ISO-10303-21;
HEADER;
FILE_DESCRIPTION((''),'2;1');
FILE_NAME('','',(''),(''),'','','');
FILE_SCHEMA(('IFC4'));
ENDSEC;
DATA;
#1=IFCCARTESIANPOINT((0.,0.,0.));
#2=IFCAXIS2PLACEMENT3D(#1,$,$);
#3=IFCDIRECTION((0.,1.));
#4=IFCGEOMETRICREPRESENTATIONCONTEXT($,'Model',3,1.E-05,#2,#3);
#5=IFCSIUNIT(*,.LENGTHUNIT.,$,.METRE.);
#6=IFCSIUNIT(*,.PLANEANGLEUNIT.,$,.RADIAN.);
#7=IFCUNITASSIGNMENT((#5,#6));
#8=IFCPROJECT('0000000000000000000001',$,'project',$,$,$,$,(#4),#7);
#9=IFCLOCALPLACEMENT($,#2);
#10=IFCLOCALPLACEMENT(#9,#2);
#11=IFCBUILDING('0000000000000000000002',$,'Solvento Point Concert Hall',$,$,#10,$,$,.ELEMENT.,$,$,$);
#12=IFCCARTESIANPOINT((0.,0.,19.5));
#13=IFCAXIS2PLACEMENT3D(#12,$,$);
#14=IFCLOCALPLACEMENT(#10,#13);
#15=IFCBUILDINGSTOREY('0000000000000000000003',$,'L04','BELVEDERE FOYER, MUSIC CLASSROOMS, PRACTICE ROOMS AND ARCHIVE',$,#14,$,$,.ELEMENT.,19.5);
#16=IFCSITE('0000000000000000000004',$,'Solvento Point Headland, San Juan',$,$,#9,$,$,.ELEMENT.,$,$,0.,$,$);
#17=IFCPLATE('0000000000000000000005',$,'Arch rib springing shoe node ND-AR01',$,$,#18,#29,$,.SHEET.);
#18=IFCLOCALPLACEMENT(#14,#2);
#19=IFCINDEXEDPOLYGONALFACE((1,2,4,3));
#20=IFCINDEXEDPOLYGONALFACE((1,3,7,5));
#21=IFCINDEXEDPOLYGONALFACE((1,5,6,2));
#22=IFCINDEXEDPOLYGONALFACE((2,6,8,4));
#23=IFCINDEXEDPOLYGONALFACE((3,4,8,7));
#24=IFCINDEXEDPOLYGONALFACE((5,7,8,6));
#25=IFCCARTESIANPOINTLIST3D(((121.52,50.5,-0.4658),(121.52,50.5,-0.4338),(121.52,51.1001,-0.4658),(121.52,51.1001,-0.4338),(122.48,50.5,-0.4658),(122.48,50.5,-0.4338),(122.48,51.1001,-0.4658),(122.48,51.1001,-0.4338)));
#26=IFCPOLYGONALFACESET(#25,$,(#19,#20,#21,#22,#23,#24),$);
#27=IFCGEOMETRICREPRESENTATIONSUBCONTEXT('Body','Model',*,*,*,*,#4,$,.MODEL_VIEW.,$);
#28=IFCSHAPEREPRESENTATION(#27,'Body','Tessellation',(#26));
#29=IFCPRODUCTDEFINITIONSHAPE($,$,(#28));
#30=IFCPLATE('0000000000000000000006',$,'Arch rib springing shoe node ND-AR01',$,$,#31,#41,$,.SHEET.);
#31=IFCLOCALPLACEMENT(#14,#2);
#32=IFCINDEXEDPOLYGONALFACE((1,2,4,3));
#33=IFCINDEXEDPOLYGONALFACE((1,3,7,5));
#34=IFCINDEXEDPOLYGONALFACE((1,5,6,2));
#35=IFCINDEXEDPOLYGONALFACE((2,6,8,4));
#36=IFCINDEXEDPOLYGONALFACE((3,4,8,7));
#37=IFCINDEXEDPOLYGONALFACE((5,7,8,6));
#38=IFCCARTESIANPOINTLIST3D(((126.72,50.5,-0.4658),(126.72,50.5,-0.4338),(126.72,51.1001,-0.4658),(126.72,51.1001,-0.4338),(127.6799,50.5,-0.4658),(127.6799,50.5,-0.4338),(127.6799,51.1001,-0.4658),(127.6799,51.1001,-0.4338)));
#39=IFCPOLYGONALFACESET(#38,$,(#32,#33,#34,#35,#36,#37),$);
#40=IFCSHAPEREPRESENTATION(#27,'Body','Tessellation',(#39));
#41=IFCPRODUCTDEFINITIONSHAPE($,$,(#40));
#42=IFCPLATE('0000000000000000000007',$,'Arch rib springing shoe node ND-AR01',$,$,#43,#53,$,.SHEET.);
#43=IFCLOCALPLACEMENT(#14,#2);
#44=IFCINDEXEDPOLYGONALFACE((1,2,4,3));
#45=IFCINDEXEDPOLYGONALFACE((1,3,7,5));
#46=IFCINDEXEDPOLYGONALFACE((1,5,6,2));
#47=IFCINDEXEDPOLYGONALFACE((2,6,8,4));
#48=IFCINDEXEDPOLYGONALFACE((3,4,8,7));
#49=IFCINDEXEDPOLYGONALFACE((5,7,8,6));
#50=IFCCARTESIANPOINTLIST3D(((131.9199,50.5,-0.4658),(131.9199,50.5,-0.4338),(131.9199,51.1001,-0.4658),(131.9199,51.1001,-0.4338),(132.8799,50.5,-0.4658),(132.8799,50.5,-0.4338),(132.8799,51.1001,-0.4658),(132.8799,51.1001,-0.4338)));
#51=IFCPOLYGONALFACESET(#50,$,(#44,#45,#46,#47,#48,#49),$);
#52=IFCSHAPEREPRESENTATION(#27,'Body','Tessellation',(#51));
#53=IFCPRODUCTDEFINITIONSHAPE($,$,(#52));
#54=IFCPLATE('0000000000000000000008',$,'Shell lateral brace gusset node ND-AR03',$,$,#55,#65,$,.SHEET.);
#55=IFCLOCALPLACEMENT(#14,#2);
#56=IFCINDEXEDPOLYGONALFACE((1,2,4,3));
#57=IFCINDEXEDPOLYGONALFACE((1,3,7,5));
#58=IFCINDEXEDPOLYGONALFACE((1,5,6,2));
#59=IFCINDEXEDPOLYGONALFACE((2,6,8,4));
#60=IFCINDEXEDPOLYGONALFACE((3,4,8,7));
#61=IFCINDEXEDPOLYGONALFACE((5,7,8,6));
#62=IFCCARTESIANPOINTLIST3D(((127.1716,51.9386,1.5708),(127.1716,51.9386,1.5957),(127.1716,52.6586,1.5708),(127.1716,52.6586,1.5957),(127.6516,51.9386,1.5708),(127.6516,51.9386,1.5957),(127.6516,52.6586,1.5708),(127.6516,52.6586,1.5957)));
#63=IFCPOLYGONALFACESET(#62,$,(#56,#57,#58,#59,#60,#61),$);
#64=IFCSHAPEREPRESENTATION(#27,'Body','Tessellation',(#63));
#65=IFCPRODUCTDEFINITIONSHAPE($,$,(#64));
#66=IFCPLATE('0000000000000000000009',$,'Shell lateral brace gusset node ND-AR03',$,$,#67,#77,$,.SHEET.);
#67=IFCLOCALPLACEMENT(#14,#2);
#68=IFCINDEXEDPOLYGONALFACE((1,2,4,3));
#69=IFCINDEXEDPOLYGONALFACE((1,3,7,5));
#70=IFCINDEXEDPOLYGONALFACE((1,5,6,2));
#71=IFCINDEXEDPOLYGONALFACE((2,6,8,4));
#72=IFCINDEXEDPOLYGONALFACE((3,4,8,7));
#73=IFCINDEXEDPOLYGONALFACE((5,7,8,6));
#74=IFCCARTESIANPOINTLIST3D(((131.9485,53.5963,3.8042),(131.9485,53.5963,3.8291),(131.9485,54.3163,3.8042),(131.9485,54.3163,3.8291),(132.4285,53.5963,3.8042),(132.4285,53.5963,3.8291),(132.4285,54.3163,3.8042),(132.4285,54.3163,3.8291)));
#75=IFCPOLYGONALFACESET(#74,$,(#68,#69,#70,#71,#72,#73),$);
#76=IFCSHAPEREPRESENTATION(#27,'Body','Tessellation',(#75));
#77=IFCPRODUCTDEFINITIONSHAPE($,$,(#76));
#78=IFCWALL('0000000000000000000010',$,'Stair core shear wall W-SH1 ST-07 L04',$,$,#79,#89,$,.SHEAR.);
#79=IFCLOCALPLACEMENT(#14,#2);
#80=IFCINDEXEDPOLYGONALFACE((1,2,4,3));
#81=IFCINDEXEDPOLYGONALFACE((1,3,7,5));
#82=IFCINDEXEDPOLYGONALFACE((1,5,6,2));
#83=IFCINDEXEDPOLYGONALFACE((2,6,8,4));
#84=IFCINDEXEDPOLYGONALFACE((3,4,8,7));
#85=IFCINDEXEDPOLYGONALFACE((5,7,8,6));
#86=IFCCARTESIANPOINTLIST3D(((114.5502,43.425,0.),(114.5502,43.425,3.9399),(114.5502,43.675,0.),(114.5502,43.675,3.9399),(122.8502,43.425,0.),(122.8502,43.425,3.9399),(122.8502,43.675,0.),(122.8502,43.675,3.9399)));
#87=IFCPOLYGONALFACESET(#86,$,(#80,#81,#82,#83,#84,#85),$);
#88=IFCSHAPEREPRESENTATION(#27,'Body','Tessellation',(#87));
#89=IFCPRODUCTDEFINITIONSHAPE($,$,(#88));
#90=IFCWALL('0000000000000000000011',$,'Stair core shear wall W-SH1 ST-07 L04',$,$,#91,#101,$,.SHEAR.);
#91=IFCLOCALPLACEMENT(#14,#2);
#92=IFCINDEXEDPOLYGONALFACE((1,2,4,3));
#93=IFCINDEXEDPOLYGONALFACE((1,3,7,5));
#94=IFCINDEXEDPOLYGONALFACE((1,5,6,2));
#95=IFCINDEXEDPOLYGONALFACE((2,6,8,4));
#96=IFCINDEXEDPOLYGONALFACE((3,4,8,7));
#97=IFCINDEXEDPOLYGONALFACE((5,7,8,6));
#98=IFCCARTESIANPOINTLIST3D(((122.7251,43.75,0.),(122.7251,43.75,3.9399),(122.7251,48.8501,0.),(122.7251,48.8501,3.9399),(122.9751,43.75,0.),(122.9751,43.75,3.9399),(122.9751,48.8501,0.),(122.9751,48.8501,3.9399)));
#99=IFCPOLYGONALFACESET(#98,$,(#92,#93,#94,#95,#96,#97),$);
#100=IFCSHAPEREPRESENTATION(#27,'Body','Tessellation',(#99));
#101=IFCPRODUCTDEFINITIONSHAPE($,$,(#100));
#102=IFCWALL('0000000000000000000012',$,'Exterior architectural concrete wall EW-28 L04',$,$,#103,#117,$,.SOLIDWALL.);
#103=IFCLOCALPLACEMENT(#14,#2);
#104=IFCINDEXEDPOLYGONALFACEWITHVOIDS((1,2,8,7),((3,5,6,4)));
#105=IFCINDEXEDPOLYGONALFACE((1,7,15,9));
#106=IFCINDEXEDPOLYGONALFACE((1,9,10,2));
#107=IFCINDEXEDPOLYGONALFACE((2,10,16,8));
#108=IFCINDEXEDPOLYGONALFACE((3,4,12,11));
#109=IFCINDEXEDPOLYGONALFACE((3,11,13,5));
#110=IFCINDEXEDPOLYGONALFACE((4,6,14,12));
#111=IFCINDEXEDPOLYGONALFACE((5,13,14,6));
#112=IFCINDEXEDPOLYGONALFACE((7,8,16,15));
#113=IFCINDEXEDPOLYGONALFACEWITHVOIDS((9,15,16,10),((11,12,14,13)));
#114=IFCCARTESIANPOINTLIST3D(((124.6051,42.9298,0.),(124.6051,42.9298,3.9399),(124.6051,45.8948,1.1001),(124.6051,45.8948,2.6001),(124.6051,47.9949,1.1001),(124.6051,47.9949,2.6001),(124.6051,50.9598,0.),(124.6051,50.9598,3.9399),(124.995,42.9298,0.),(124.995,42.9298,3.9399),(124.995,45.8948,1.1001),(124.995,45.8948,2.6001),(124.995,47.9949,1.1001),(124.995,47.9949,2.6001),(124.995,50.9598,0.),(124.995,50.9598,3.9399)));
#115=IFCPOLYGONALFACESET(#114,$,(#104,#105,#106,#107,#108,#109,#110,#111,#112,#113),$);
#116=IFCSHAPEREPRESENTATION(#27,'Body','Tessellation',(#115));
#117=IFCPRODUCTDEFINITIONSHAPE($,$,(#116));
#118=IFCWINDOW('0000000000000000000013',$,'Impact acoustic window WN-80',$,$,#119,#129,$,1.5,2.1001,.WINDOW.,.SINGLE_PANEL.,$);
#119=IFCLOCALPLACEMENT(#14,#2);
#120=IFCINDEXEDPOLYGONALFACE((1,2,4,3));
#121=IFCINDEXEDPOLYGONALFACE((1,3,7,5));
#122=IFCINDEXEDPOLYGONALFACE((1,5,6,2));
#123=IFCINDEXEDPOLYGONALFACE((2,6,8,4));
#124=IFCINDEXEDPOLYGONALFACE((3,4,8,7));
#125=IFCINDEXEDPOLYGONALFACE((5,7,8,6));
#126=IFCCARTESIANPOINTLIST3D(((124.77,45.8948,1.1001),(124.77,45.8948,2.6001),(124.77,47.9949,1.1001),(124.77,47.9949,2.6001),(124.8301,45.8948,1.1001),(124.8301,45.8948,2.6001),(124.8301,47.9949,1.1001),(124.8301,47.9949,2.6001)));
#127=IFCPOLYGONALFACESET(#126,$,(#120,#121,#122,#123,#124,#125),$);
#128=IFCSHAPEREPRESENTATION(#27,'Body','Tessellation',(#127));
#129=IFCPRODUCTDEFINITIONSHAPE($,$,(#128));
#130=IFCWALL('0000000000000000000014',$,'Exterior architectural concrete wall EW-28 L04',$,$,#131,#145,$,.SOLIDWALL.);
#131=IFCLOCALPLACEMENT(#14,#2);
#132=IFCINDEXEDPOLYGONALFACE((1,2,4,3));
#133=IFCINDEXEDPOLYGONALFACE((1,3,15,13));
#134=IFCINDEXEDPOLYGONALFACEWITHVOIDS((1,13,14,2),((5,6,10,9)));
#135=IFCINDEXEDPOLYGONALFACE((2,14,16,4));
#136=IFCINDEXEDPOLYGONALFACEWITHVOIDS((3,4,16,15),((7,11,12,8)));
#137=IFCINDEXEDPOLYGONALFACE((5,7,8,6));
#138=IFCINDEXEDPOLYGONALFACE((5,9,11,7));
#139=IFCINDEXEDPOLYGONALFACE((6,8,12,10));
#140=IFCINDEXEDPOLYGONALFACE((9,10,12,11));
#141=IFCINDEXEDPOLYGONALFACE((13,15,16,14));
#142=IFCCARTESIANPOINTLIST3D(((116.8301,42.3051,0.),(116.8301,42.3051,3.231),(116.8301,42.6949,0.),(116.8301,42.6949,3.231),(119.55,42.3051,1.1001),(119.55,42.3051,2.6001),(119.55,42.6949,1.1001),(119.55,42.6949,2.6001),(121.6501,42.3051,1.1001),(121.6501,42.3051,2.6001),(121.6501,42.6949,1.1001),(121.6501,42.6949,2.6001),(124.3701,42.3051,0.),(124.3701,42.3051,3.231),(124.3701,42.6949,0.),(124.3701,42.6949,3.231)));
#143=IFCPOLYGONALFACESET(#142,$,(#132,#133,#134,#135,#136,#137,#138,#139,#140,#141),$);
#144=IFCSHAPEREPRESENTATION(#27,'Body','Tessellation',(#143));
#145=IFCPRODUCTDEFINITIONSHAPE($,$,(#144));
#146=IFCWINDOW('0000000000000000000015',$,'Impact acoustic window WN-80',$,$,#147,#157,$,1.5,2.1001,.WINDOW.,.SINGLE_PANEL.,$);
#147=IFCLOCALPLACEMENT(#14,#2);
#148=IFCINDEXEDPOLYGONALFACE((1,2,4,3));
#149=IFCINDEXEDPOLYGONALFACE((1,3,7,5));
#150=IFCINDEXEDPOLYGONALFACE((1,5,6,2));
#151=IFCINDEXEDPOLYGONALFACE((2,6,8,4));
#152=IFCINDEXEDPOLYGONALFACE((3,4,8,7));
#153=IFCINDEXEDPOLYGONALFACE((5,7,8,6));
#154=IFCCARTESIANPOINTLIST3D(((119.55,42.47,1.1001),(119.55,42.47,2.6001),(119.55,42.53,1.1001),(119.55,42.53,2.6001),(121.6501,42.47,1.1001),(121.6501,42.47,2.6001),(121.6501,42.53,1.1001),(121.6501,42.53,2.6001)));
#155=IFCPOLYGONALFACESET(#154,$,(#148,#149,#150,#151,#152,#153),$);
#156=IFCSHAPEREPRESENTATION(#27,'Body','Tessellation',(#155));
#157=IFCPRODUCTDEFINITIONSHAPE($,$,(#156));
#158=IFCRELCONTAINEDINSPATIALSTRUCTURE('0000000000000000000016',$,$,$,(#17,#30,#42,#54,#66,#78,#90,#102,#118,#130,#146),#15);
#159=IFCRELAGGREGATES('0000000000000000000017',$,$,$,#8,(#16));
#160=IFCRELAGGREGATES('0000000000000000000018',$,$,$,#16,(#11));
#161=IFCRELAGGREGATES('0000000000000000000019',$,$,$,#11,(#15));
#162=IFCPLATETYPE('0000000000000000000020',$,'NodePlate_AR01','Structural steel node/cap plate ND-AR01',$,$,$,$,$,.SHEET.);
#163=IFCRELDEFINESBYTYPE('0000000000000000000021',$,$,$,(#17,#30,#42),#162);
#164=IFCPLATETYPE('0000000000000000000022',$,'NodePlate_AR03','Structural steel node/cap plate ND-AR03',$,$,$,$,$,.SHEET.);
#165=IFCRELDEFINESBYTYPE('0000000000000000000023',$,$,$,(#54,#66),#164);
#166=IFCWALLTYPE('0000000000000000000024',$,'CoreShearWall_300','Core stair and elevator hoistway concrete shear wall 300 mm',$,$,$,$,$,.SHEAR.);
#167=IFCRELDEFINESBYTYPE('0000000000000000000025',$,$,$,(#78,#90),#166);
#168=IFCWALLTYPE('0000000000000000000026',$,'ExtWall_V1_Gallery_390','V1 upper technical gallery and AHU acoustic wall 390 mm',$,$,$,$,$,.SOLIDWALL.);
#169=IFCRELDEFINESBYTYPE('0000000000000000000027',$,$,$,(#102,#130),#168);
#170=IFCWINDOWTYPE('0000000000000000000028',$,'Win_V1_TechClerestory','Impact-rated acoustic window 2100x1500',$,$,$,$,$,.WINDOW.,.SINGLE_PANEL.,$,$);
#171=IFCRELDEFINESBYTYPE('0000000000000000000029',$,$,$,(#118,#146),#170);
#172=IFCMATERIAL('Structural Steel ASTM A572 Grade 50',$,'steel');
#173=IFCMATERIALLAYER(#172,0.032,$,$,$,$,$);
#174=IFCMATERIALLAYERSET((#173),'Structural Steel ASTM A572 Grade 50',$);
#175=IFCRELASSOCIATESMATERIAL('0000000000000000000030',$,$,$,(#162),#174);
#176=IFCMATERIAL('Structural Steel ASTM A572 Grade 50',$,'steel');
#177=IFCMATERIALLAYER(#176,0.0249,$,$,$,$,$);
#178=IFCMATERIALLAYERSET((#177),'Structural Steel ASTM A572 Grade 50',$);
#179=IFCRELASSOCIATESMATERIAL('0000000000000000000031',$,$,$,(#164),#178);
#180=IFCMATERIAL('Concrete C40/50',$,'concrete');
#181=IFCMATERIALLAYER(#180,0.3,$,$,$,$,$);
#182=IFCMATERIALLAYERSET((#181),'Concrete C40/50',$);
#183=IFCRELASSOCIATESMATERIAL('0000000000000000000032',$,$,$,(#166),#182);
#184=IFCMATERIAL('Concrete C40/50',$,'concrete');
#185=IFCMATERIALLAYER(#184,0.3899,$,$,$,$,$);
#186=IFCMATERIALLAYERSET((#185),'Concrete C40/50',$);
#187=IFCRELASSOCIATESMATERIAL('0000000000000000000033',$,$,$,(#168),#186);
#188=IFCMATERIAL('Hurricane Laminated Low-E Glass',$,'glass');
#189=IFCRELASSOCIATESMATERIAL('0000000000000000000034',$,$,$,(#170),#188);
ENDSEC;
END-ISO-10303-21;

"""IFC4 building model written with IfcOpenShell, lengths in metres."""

from ifc_helpers import new_model, si_unit, direction, frame, frame_2d, origin, origin_2d, place, context, subcontext, project, spatial, rectangle, extrude, material, layer, layer_set, type_object, element, fill, save


model = new_model("IFC4")

# Units and contexts
model_context = context("Model", 3, precision=1e-05, world=origin(), true_north=direction((0.0, 1.0)))
body_context = subcontext(model_context, "Body", "Model", "MODEL_VIEW")
ifc_project = project(units=[si_unit("LENGTHUNIT", "METRE"), si_unit("PLANEANGLEUNIT", "RADIAN")], contexts=[model_context])

# Site, building, storey
site_placement = place(None, origin())
site = spatial("IfcSite", under=ifc_project, at=site_placement, Name="Solvento Point Headland, San Juan", CompositionType="ELEMENT", RefElevation=0.0)
building_placement = place(site_placement, origin())
building = spatial("IfcBuilding", under=site, at=building_placement, Name="Solvento Point Concert Hall", CompositionType="ELEMENT")
storey_placement = place(building_placement, frame((0.0, 0.0, 19.5)))
storey = spatial("IfcBuildingStorey", under=building, at=storey_placement, Name="L04", Description="BELVEDERE FOYER, MUSIC CLASSROOMS, PRACTICE ROOMS AND ARCHIVE", CompositionType="ELEMENT", Elevation=19.5)

# Plates
ifc_material_1 = material(Name="Structural Steel ASTM A572 Grade 50", Category="steel")
ifc_layer_1 = layer(ifc_material_1, 0.032)
ifc_layer_set_1 = layer_set([ifc_layer_1], Name="Structural Steel ASTM A572 Grade 50")
plate_type_1 = type_object("IfcPlateType", Name="NodePlate_AR01", Description="Structural steel node/cap plate ND-AR01", PredefinedType="SHEET", material=ifc_layer_set_1)
for number, where, z_axis, x_axis, name in (
    (1, (122.0, 50.8, -0.4658), (0.0, 0.0, 1.0), (1.0, 0.0, 0.0), "Arch rib springing shoe node ND-AR01"),
    (2, (127.2, 50.8, -0.4658), (0.0, 0.0, 1.0), (1.0, 0.0, 0.0), "Arch rib springing shoe node ND-AR01"),
    (3, (132.3999, 50.8, -0.4658), (0.0, 0.0, 1.0), (1.0, 0.0, 0.0), "Arch rib springing shoe node ND-AR01"),
):
    element("IfcPlate", number, at=place(storey_placement, frame(where, z_axis=z_axis, x_axis=x_axis)), inside=storey, type_object=plate_type_1, Name=name, PredefinedType="SHEET", context=body_context, shape_type="SweptSolid", body=[
        extrude(rectangle(XDim=0.96, YDim=0.6001, at=origin_2d()), origin(), (0.0, 0.0, 1.0), 0.032),
    ])
ifc_material_2 = material(Name="Structural Steel ASTM A572 Grade 50", Category="steel")
ifc_layer_2 = layer(ifc_material_2, 0.0249)
ifc_layer_set_2 = layer_set([ifc_layer_2], Name="Structural Steel ASTM A572 Grade 50")
plate_type_2 = type_object("IfcPlateType", Name="NodePlate_AR03", Description="Structural steel node/cap plate ND-AR03", PredefinedType="SHEET", material=ifc_layer_set_2)
for number, where, z_axis, x_axis, name in (
    (4, (127.4116, 52.2986, 1.5708), (0.0, 0.0, 1.0), (0.0, 1.0, 0.0), "Shell lateral brace gusset node ND-AR03"),
    (5, (132.1885, 53.9563, 3.8042), (0.0, 0.0, 1.0), (0.0, 1.0, 0.0), "Shell lateral brace gusset node ND-AR03"),
):
    element("IfcPlate", number, at=place(storey_placement, frame(where, z_axis=z_axis, x_axis=x_axis)), inside=storey, type_object=plate_type_2, Name=name, PredefinedType="SHEET", context=body_context, shape_type="SweptSolid", body=[
        extrude(rectangle(XDim=0.72, YDim=0.48, at=origin_2d()), origin(), (0.0, 0.0, 1.0), 0.0249),
    ])

# Walls
ifc_material_3 = material(Name="Concrete C40/50", Category="concrete")
ifc_layer_3 = layer(ifc_material_3, 0.3)
ifc_layer_set_3 = layer_set([ifc_layer_3], Name="Concrete C40/50")
wall_type_1 = type_object("IfcWallType", Name="CoreShearWall_300", Description="Core stair and elevator hoistway concrete shear wall 300 mm", PredefinedType="SHEAR", material=ifc_layer_set_3)
wall_1_placement = place(storey_placement, frame((122.8501, 43.55, 0.0), z_axis=(0.0, 0.0, 1.0), x_axis=(-1.0, 0.0, 0.0)))
element("IfcWall", 6, at=wall_1_placement, inside=storey, type_object=wall_type_1, Name="Stair core shear wall W-SH1 ST-07 L04", PredefinedType="SHEAR", context=body_context, shape_type="SweptSolid", body=[
    extrude(rectangle(XDim=8.3, YDim=0.25, at=frame_2d((4.1499, 0.0))), origin(), (0.0, 0.0, 1.0), 3.9399),
])
wall_2_placement = place(storey_placement, frame((122.8501, 48.8501, 0.0), z_axis=(0.0, 0.0, 1.0), x_axis=(0.0, -1.0, 0.0)))
element("IfcWall", 7, at=wall_2_placement, inside=storey, type_object=wall_type_1, Name="Stair core shear wall W-SH1 ST-07 L04", PredefinedType="SHEAR", context=body_context, shape_type="SweptSolid", body=[
    extrude(rectangle(XDim=5.1001, YDim=0.25, at=frame_2d((2.55, 0.0))), origin(), (0.0, 0.0, 1.0), 3.9399),
])

# Walls, openings, windows
ifc_material_4 = material(Name="Concrete C40/50", Category="concrete")
ifc_layer_4 = layer(ifc_material_4, 0.3899)
ifc_layer_set_4 = layer_set([ifc_layer_4], Name="Concrete C40/50")
wall_type_2 = type_object("IfcWallType", Name="ExtWall_V1_Gallery_390", Description="V1 upper technical gallery and AHU acoustic wall 390 mm", PredefinedType="SOLIDWALL", material=ifc_layer_set_4)
wall_3_placement = place(storey_placement, frame((124.8, 50.96, 0.0), z_axis=(0.0, 0.0, 1.0), x_axis=(0.0, -1.0, 0.0)))
wall_3 = element("IfcWall", 8, at=wall_3_placement, inside=storey, type_object=wall_type_2, Name="Exterior architectural concrete wall EW-28 L04", PredefinedType="SOLIDWALL", context=body_context, shape_type="SweptSolid", body=[
    extrude(rectangle(XDim=8.03, YDim=0.3899, at=frame_2d((4.0151, 0.0))), origin(), (0.0, 0.0, 1.0), 3.9399),
])
opening_1_placement = place(wall_3_placement, frame((2.9651, 0.0, 1.1001)))
opening_1 = element("IfcOpeningElement", 9, at=opening_1_placement, cuts=wall_3, PredefinedType="OPENING", context=body_context, shape_type="SweptSolid", body=[
    extrude(rectangle(XDim=2.1001, YDim=1.5, at=frame_2d((1.05, 0.75))), frame((0.0, 0.2048, 0.0), z_axis=(0.0, -1.0, 0.0), x_axis=(1.0, 0.0, 0.0)), (0.0, 0.0, 1.0), 0.4099),
])
ifc_material_5 = material(Name="Hurricane Laminated Low-E Glass", Category="glass")
window_type = type_object("IfcWindowType", Name="Win_V1_TechClerestory", Description="Impact-rated acoustic window 2100x1500", PartitioningType="SINGLE_PANEL", PredefinedType="WINDOW", material=ifc_material_5)
window_1_placement = place(opening_1_placement, origin())
window_1 = element("IfcWindow", 10, at=window_1_placement, inside=storey, type_object=window_type, Name="Impact acoustic window WN-80", OverallHeight=1.5, OverallWidth=2.1001, PartitioningType="SINGLE_PANEL", PredefinedType="WINDOW", context=body_context, shape_type="SweptSolid", body=[
    extrude(rectangle(XDim=2.1001, YDim=1.5, at=frame_2d((1.05, 0.75))), frame((0.0, 0.03, 0.0), z_axis=(0.0, -1.0, 0.0), x_axis=(1.0, 0.0, 0.0)), (0.0, 0.0, 1.0), 0.0601),
])
fill(opening_1, window_1)
wall_4_placement = place(storey_placement, frame((124.3701, 42.5, 0.0), z_axis=(0.0, 0.0, 1.0), x_axis=(-1.0, 0.0, 0.0)))
wall_4 = element("IfcWall", 11, at=wall_4_placement, inside=storey, type_object=wall_type_2, Name="Exterior architectural concrete wall EW-28 L04", PredefinedType="SOLIDWALL", context=body_context, shape_type="SweptSolid", body=[
    extrude(rectangle(XDim=7.54, YDim=0.3899, at=frame_2d((3.77, 0.0))), origin(), (0.0, 0.0, 1.0), 3.231),
])
opening_2_placement = place(wall_4_placement, frame((2.72, 0.0, 1.1001)))
opening_2 = element("IfcOpeningElement", 12, at=opening_2_placement, cuts=wall_4, PredefinedType="OPENING", context=body_context, shape_type="SweptSolid", body=[
    extrude(rectangle(XDim=2.1001, YDim=1.5, at=frame_2d((1.05, 0.75))), frame((0.0, 0.2048, 0.0), z_axis=(0.0, -1.0, 0.0), x_axis=(1.0, 0.0, 0.0)), (0.0, 0.0, 1.0), 0.4099),
])
window_2_placement = place(opening_2_placement, origin())
window_2 = element("IfcWindow", 13, at=window_2_placement, inside=storey, type_object=window_type, Name="Impact acoustic window WN-80", OverallHeight=1.5, OverallWidth=2.1001, PartitioningType="SINGLE_PANEL", PredefinedType="WINDOW", context=body_context, shape_type="SweptSolid", body=[
    extrude(rectangle(XDim=2.1001, YDim=1.5, at=frame_2d((1.05, 0.75))), frame((0.0, 0.03, 0.0), z_axis=(0.0, -1.0, 0.0), x_axis=(1.0, 0.0, 0.0)), (0.0, 0.0, 1.0), 0.0601),
])
fill(opening_2, window_2)

save(model, "model.ifc")
